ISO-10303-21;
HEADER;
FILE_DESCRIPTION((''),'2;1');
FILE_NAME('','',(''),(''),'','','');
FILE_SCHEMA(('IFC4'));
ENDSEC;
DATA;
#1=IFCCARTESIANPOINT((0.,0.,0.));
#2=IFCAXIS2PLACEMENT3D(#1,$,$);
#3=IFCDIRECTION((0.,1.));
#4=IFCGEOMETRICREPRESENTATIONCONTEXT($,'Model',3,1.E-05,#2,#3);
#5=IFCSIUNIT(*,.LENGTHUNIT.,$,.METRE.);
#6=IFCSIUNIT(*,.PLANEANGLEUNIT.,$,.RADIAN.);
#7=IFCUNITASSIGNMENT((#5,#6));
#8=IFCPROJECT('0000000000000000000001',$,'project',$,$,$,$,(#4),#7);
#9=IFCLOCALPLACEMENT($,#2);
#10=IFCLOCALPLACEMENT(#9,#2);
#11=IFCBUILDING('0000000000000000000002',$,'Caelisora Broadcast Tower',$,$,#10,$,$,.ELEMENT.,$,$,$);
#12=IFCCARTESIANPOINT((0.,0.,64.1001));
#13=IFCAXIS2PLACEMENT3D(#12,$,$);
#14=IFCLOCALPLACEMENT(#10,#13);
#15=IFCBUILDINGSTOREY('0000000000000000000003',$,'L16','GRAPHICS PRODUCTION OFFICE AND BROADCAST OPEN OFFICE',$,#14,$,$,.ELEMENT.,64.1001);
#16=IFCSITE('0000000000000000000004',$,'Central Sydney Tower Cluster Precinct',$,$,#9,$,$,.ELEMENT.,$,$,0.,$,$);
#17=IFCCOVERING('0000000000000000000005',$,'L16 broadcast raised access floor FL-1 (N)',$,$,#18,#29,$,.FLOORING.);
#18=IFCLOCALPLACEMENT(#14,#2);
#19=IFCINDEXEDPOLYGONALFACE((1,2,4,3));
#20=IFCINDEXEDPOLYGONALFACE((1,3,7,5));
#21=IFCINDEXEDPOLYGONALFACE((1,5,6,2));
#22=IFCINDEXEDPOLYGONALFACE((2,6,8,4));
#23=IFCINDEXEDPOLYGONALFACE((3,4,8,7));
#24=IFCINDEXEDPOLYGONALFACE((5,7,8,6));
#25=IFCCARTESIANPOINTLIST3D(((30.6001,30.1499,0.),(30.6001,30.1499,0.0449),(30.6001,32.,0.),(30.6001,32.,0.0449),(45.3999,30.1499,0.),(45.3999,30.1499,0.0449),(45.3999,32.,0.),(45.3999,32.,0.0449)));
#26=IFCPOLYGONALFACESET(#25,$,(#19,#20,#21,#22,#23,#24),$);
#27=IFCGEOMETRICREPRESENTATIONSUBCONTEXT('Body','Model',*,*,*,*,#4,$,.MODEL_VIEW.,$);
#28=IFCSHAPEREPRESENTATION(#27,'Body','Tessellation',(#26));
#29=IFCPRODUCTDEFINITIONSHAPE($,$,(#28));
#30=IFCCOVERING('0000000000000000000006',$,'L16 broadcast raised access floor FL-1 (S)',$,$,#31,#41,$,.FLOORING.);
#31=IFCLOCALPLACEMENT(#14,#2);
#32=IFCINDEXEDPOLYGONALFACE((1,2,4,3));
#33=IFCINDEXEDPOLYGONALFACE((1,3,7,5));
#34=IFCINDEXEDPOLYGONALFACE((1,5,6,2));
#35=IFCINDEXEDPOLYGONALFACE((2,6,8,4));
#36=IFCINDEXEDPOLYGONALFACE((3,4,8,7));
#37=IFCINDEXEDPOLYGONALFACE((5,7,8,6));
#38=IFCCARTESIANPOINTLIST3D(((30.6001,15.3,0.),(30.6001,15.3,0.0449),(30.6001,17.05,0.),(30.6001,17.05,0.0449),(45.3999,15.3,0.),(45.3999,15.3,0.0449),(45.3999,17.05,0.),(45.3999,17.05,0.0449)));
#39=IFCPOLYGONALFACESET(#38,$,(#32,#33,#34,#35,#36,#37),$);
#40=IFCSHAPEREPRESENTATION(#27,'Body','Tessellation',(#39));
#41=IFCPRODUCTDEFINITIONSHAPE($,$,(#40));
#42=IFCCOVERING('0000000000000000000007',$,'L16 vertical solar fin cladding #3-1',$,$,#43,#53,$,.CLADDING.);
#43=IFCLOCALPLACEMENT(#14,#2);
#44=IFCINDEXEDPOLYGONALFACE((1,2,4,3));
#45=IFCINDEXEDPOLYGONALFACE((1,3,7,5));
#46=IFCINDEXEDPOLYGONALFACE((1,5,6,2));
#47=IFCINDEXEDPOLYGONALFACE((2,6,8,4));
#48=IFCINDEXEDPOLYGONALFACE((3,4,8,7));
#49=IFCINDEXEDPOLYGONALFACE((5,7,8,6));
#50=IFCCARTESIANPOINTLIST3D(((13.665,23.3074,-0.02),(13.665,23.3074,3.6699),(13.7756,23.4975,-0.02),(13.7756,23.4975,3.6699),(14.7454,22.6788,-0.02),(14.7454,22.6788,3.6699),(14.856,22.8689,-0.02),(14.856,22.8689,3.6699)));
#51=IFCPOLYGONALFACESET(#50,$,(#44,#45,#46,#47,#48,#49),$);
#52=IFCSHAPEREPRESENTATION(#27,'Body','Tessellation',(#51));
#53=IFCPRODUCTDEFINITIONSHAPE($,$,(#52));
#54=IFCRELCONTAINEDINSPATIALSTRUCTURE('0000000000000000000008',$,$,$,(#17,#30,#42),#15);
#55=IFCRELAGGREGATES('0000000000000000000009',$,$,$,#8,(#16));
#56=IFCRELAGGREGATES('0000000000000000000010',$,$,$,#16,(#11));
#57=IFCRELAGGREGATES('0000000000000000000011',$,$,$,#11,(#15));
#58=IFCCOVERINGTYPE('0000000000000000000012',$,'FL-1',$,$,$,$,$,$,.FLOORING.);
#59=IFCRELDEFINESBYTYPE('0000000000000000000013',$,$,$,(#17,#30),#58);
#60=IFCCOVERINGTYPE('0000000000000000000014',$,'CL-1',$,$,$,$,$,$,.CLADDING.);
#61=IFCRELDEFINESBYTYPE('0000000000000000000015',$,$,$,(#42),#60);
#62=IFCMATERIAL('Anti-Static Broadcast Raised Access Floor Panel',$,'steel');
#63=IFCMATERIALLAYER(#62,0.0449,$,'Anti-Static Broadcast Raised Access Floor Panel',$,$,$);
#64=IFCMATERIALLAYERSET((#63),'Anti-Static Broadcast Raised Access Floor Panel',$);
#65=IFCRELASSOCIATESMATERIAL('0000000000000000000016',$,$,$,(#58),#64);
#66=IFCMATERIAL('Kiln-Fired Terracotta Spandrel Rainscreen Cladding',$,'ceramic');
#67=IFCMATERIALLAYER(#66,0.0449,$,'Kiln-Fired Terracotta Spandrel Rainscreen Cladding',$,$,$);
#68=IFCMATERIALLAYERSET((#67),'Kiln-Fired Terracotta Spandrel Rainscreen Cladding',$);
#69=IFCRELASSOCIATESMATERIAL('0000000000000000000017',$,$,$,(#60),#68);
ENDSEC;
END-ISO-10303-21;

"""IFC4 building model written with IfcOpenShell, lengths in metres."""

from ifc_helpers import new_model, si_unit, direction, frame, origin, origin_2d, place, context, subcontext, project, spatial, polyline, rectangle, outline, extrude, source, transform, mapped, material, layer, layer_set, type_object, type_shapes, element, save


model = new_model("IFC4")

# Units and contexts
model_context = context("Model", 3, precision=1e-05, world=origin(), true_north=direction((0.0, 1.0)))
body_context = subcontext(model_context, "Body", "Model", "MODEL_VIEW")
ifc_project = project(units=[si_unit("LENGTHUNIT", "METRE"), si_unit("PLANEANGLEUNIT", "RADIAN")], contexts=[model_context])

# Site, building, storey
site_placement = place(None, origin())
site = spatial("IfcSite", under=ifc_project, at=site_placement, Name="Central Sydney Tower Cluster Precinct", CompositionType="ELEMENT", RefElevation=0.0)
building_placement = place(site_placement, origin())
building = spatial("IfcBuilding", under=site, at=building_placement, Name="Caelisora Broadcast Tower", CompositionType="ELEMENT")
storey_placement = place(building_placement, frame((0.0, 0.0, 64.1001)))
storey = spatial("IfcBuildingStorey", under=building, at=storey_placement, Name="L16", Description="GRAPHICS PRODUCTION OFFICE AND BROADCAST OPEN OFFICE", CompositionType="ELEMENT", Elevation=64.1001)

# Coverings
ifc_material_1 = material(Name="Anti-Static Broadcast Raised Access Floor Panel", Category="steel")
ifc_layer_1 = layer(ifc_material_1, 0.0449, Name="Anti-Static Broadcast Raised Access Floor Panel")
ifc_layer_set_1 = layer_set([ifc_layer_1], Name="Anti-Static Broadcast Raised Access Floor Panel")
covering_type_1 = type_object("IfcCoveringType", Name="FL-1", PredefinedType="FLOORING", material=ifc_layer_set_1)
covering_1_placement = place(storey_placement, origin())
element("IfcCovering", 1, at=covering_1_placement, inside=storey, type_object=covering_type_1, Name="L16 broadcast raised access floor FL-1 (N)", PredefinedType="FLOORING", context=body_context, shape_type="SweptSolid", body=[
    extrude(outline(polyline([(30.6001, 30.1499), (45.3999, 30.1499), (45.3999, 32.0), (30.6001, 32.0), (30.6001, 30.1499)])), origin(), (0.0, 0.0, 1.0), 0.0449),
])
covering_2_placement = place(storey_placement, origin())
element("IfcCovering", 2, at=covering_2_placement, inside=storey, type_object=covering_type_1, Name="L16 broadcast raised access floor FL-1 (S)", PredefinedType="FLOORING", context=body_context, shape_type="SweptSolid", body=[
    extrude(outline(polyline([(30.6001, 15.3), (45.3999, 15.3), (45.3999, 17.05), (30.6001, 17.05), (30.6001, 15.3)])), origin(), (0.0, 0.0, 1.0), 0.0449),
])
ifc_material_2 = material(Name="Kiln-Fired Terracotta Spandrel Rainscreen Cladding", Category="ceramic")
ifc_layer_2 = layer(ifc_material_2, 0.0449, Name="Kiln-Fired Terracotta Spandrel Rainscreen Cladding")
ifc_layer_set_2 = layer_set([ifc_layer_2], Name="Kiln-Fired Terracotta Spandrel Rainscreen Cladding")
covering_type_2 = type_object("IfcCoveringType", Name="CL-1", PredefinedType="CLADDING", material=ifc_layer_set_2)
shared_shape_1 = source(origin(), body_context, "Body", "SweptSolid", [
    extrude(rectangle(XDim=0.22, YDim=1.25, at=origin_2d()), origin(), (0.0, 0.0, 1.0), 3.6899),
])
type_shapes(covering_type_2, [shared_shape_1])
covering_3_placement = place(storey_placement, frame((14.2605, 23.0881, -0.02), z_axis=(0.0, 0.0, 1.0), x_axis=(0.502869, 0.864363, 0.0)))
element("IfcCovering", 3, at=covering_3_placement, inside=storey, type_object=covering_type_2, Name="L16 vertical solar fin cladding #3-1", PredefinedType="CLADDING", context=body_context, shape_type="MappedRepresentation", body=[
    mapped(shared_shape_1, transform((0.0, 0.0, 0.0), scale=1.0)),
])

save(model, "model.ifc")
